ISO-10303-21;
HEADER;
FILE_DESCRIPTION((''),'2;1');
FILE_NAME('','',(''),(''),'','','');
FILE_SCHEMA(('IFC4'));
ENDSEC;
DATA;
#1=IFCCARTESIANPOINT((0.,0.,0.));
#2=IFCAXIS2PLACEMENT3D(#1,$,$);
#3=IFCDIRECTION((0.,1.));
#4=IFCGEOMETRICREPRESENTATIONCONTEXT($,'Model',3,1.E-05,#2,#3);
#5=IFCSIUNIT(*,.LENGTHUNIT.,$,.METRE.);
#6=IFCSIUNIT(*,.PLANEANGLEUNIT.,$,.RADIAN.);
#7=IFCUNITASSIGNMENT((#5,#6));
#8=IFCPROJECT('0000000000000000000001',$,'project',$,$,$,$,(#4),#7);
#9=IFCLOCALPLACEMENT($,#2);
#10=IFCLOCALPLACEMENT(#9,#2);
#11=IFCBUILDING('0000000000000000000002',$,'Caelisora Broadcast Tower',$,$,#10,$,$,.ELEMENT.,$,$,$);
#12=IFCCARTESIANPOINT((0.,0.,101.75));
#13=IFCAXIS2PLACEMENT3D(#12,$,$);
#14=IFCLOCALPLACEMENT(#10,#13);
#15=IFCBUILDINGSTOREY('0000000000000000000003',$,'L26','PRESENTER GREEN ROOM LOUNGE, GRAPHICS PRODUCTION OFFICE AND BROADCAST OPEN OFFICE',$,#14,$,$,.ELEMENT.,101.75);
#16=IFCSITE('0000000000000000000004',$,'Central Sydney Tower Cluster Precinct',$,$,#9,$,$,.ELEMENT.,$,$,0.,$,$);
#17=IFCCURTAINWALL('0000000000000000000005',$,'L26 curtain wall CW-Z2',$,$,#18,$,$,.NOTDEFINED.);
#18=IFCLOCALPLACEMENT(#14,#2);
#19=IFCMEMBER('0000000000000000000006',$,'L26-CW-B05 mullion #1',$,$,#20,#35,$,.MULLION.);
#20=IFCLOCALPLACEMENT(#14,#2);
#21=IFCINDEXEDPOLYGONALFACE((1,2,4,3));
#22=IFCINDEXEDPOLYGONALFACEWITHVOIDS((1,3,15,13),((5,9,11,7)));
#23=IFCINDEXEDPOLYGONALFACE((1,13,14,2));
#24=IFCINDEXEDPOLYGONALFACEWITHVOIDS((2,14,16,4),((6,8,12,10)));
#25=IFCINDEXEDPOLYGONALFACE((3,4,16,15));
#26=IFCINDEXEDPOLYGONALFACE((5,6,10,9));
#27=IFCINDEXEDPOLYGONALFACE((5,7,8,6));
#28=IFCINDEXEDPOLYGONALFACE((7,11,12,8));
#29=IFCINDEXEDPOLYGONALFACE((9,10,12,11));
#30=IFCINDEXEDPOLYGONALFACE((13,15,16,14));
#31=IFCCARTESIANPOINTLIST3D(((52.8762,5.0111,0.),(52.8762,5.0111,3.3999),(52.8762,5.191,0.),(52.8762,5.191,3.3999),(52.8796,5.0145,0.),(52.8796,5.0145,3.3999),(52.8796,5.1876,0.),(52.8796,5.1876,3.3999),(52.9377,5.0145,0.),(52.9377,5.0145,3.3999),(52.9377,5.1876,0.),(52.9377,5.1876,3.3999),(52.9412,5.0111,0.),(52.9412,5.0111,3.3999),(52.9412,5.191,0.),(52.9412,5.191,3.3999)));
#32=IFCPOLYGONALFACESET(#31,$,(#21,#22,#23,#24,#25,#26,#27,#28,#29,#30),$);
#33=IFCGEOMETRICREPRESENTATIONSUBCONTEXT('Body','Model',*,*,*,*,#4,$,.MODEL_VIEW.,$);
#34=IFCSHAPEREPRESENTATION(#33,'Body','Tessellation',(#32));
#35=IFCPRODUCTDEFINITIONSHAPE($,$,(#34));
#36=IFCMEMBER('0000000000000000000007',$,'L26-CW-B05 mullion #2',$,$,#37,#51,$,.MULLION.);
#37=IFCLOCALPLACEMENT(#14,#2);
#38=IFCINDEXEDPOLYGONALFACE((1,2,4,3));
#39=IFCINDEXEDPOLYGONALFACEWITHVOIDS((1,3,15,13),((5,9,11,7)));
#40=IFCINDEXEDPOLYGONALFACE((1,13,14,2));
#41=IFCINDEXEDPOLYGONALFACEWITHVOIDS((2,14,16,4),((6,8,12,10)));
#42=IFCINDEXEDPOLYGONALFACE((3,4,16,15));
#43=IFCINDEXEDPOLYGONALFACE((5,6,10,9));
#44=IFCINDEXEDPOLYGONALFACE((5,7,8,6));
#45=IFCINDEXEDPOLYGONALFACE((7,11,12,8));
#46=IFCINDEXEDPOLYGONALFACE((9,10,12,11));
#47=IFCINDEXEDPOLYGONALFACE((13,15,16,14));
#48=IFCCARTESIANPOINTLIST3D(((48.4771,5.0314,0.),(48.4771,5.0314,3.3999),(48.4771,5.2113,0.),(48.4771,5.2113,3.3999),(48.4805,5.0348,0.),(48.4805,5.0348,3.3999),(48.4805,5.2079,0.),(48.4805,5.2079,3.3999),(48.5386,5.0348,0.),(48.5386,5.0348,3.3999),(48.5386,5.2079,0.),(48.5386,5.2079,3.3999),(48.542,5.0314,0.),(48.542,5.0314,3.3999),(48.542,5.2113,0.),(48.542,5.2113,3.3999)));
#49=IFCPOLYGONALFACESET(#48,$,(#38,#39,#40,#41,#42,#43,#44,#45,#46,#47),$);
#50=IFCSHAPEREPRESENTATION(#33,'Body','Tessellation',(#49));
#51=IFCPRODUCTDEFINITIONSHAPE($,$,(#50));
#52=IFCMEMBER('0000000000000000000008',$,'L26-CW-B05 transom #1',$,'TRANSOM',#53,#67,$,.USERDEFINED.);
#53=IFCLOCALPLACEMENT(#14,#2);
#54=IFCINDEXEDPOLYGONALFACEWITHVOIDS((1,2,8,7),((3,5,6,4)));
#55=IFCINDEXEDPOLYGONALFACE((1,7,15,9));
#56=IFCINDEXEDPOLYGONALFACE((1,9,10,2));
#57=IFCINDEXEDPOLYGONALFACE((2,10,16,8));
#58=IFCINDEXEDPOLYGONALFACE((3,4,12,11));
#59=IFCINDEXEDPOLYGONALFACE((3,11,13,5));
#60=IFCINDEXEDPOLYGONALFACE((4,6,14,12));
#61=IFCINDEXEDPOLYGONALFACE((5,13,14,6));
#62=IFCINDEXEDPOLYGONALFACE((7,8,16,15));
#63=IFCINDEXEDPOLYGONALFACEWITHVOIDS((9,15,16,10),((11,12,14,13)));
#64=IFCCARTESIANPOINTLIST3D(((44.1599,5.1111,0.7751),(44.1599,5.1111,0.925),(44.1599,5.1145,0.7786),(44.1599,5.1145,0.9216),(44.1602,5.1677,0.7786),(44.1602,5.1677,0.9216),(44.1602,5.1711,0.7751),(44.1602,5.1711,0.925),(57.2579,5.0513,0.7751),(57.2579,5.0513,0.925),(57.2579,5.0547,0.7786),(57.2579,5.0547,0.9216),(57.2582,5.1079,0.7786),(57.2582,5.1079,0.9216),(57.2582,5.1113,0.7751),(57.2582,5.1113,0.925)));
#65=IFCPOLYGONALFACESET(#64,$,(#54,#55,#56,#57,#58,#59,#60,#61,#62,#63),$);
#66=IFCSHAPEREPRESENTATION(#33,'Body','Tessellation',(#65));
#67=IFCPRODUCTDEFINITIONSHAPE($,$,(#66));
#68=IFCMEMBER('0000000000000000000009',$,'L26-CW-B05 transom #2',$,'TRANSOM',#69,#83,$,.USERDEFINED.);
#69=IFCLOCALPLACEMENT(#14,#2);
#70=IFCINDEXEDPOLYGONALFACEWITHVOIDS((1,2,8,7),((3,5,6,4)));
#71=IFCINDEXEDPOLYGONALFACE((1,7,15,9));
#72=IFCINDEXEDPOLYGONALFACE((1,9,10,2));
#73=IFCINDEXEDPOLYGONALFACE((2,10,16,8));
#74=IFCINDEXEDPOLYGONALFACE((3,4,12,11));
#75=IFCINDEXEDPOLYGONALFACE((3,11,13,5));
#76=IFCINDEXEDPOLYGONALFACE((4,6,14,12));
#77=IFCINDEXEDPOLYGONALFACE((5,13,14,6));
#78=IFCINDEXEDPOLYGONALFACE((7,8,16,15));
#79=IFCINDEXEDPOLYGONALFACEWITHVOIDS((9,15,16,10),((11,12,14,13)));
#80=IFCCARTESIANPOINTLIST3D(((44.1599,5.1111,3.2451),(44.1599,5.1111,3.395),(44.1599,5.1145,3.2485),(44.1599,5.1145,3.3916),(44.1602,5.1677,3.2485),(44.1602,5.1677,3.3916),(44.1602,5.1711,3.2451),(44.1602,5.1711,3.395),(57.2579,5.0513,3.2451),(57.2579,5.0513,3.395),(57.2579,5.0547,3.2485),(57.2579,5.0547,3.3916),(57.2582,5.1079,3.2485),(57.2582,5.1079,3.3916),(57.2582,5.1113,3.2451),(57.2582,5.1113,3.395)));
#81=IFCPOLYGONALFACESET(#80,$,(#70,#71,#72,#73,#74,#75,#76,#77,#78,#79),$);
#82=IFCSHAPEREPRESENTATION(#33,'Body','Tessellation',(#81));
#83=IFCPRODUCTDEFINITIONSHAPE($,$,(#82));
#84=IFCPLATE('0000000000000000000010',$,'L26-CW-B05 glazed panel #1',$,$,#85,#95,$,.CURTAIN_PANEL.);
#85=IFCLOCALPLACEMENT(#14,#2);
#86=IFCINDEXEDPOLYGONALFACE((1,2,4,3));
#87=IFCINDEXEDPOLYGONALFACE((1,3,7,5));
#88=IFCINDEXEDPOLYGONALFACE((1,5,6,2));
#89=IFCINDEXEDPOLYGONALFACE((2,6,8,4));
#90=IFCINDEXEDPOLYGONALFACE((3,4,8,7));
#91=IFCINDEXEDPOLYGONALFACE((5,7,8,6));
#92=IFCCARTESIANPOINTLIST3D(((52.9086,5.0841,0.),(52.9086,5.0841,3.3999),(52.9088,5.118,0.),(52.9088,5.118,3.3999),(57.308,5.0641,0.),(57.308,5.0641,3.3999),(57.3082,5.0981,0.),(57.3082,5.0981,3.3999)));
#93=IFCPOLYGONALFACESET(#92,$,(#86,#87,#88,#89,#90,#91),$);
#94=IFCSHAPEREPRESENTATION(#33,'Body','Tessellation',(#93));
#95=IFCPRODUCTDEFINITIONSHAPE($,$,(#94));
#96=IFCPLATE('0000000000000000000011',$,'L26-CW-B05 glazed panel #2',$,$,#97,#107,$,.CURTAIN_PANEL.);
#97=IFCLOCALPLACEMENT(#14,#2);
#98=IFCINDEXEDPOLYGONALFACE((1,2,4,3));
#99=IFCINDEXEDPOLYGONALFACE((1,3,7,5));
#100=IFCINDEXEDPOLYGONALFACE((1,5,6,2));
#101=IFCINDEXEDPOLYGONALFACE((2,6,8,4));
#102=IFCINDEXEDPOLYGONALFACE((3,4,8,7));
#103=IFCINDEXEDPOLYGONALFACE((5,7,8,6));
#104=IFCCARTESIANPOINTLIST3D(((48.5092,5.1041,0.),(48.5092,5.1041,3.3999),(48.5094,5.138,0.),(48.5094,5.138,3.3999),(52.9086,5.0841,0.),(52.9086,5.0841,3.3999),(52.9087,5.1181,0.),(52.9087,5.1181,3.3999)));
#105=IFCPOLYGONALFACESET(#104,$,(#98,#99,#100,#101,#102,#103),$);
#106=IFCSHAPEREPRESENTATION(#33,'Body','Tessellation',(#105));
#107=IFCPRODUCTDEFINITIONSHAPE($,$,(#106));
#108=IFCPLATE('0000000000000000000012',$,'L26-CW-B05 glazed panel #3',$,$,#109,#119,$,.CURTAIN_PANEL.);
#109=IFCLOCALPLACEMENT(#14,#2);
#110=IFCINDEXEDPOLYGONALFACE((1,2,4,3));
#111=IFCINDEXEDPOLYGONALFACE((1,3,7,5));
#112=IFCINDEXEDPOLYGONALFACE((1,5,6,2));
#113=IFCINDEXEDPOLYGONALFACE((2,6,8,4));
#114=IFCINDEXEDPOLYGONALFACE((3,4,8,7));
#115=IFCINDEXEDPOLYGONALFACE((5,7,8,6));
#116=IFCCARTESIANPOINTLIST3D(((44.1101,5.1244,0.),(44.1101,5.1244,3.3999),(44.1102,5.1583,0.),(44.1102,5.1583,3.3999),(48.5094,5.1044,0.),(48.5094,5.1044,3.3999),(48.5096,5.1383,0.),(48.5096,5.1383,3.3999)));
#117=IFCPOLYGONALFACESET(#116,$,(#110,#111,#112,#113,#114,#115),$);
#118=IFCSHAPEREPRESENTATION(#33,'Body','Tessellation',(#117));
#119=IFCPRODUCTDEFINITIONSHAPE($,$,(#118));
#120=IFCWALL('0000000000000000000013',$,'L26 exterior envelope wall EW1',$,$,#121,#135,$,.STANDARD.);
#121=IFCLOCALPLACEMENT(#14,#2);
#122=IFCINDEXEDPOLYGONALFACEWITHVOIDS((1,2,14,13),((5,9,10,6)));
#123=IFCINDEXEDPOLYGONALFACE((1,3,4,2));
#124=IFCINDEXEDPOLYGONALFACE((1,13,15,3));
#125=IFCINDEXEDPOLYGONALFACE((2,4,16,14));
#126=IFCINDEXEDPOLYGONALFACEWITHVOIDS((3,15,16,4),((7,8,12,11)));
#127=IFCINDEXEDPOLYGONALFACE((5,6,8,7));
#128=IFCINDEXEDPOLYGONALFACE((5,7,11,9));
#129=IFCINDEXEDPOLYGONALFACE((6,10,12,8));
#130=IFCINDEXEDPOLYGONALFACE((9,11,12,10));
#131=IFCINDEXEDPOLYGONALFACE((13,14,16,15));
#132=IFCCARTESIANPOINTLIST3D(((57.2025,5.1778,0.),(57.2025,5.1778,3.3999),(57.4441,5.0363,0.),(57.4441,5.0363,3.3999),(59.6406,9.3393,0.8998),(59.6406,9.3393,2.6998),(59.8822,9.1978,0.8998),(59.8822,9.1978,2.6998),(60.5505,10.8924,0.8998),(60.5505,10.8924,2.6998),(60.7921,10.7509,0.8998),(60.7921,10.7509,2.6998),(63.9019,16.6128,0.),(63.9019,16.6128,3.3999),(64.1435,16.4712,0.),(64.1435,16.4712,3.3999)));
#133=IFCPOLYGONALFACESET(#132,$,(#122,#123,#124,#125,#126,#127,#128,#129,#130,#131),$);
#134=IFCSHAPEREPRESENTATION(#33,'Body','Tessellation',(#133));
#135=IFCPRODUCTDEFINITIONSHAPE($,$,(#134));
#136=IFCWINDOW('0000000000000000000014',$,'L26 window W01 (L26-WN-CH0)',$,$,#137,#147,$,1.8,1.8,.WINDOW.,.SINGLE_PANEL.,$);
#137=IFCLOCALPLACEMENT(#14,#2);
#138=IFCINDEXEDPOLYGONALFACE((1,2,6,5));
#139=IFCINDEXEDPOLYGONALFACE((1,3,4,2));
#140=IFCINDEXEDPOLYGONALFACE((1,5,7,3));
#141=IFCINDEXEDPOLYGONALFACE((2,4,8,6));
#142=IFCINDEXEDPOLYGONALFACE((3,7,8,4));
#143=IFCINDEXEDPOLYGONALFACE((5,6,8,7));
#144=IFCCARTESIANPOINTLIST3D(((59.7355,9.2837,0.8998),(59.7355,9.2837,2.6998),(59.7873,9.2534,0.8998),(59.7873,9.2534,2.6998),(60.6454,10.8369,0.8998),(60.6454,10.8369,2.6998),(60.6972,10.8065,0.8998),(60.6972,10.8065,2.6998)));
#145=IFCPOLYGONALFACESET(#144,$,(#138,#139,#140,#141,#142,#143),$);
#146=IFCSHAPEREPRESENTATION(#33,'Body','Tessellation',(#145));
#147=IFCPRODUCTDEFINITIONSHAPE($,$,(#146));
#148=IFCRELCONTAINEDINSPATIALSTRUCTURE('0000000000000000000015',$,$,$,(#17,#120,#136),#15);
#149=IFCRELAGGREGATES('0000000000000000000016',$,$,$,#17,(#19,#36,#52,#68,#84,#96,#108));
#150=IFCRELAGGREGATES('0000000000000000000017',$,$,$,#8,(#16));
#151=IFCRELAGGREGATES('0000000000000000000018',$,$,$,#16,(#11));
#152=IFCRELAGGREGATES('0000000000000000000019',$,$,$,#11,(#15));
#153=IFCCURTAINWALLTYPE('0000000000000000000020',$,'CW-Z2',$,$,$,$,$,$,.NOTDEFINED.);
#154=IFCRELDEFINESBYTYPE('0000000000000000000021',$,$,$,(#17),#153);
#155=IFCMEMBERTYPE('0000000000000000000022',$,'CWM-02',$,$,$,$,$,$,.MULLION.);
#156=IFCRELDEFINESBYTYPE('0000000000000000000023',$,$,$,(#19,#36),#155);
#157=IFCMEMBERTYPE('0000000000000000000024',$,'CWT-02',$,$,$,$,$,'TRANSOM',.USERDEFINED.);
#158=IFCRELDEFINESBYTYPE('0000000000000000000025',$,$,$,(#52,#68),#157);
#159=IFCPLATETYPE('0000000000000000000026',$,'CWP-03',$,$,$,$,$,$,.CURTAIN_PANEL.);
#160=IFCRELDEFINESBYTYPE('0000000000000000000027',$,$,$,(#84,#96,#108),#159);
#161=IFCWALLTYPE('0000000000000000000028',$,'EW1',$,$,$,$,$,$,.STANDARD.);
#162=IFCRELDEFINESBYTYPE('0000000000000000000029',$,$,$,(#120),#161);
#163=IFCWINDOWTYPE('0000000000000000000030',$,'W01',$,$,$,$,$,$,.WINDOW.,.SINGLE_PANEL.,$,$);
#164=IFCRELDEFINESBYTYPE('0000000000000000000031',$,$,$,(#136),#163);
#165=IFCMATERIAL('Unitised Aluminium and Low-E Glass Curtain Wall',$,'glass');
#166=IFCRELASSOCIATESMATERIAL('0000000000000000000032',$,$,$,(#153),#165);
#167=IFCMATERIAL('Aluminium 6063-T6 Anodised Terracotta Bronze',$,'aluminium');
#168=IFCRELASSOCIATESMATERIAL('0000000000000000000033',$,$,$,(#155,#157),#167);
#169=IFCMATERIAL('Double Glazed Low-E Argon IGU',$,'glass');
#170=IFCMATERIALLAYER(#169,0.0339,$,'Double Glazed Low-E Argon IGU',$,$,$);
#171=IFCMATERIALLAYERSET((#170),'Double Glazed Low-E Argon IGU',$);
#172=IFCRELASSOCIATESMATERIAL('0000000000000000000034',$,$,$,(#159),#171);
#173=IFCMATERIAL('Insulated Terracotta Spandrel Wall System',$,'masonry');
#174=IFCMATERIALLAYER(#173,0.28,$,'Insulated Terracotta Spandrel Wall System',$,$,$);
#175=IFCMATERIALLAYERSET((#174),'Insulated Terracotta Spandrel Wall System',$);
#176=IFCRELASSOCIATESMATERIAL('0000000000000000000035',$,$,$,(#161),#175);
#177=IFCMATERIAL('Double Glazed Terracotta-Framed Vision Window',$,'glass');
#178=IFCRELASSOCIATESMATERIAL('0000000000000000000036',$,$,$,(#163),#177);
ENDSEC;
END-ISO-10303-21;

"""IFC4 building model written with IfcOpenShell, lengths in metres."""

from ifc_helpers import new_model, si_unit, direction, frame, frame_2d, origin, origin_2d, place, context, subcontext, project, spatial, rectangle, hollow_rectangle, extrude, source, transform, mapped, material, layer, layer_set, material_profile, profile_set, type_object, type_shapes, element, fill, aggregate, save


model = new_model("IFC4")

# Units and contexts
model_context = context("Model", 3, precision=1e-05, world=origin(), true_north=direction((0.0, 1.0)))
body_context = subcontext(model_context, "Body", "Model", "MODEL_VIEW")
ifc_project = project(units=[si_unit("LENGTHUNIT", "METRE"), si_unit("PLANEANGLEUNIT", "RADIAN")], contexts=[model_context])

# Site, building, storey
site_placement = place(None, origin())
site = spatial("IfcSite", under=ifc_project, at=site_placement, Name="Central Sydney Tower Cluster Precinct", CompositionType="ELEMENT", RefElevation=0.0)
building_placement = place(site_placement, origin())
building = spatial("IfcBuilding", under=site, at=building_placement, Name="Caelisora Broadcast Tower", CompositionType="ELEMENT")
storey_placement = place(building_placement, frame((0.0, 0.0, 101.75)))
storey = spatial("IfcBuildingStorey", under=building, at=storey_placement, Name="L26", Description="PRESENTER GREEN ROOM LOUNGE, GRAPHICS PRODUCTION OFFICE AND BROADCAST OPEN OFFICE", CompositionType="ELEMENT", Elevation=101.75)

# Curtain wall, members, plates
ifc_material_1 = material(Name="Unitised Aluminium and Low-E Glass Curtain Wall", Category="glass")
curtain_wall_type = type_object("IfcCurtainWallType", Name="CW-Z2", PredefinedType="NOTDEFINED", material=ifc_material_1)
curtain_wall_placement = place(storey_placement, origin())
curtain_wall = element("IfcCurtainWall", 1, at=curtain_wall_placement, inside=storey, type_object=curtain_wall_type, Name="L26 curtain wall CW-Z2", PredefinedType="NOTDEFINED")
ifc_material_2 = material(Name="Aluminium 6063-T6 Anodised Terracotta Bronze", Category="aluminium")
ifc_material_profile_1 = material_profile(ifc_material_2, hollow_rectangle(XDim=0.0649, YDim=0.1799, WallThickness=0.0034, at=origin_2d()), Name="Aluminium 6063-T6 Anodised Terracotta Bronze")
ifc_profile_set_1 = profile_set([ifc_material_profile_1], Name="Aluminium 6063-T6 Anodised Terracotta Bronze")
member_type_1 = type_object("IfcMemberType", Name="CWM-02", PredefinedType="MULLION", material=ifc_profile_set_1)
shared_shape_1 = source(origin(), body_context, "Body", "SweptSolid", [
    extrude(hollow_rectangle(XDim=0.0649, YDim=0.1799, WallThickness=0.0034, at=origin_2d()), origin(), (0.0, 0.0, 1.0), 3.3999),
])
type_shapes(member_type_1, [shared_shape_1])
member_1_placement = place(storey_placement, frame((52.9087, 5.1011, 0.0), z_axis=(0.0, 0.0, 1.0), x_axis=(1.0, 0.0, 0.0)))
member_1 = element("IfcMember", 2, at=member_1_placement, type_object=member_type_1, Name="L26-CW-B05 mullion #1", PredefinedType="MULLION", context=body_context, shape_type="MappedRepresentation", body=[
    mapped(shared_shape_1, transform((0.0, 0.0, 0.0), scale=1.0)),
])
member_2_placement = place(storey_placement, frame((48.5095, 5.1213, 0.0), z_axis=(0.0, 0.0, 1.0), x_axis=(1.0, 0.0, 0.0)))
member_2 = element("IfcMember", 3, at=member_2_placement, type_object=member_type_1, Name="L26-CW-B05 mullion #2", PredefinedType="MULLION", context=body_context, shape_type="MappedRepresentation", body=[
    mapped(shared_shape_1, transform((0.0, 0.0, 0.0), scale=1.0)),
])
ifc_material_profile_2 = material_profile(ifc_material_2, hollow_rectangle(XDim=0.0601, YDim=0.1499, WallThickness=0.0034, at=origin_2d()), Name="Aluminium 6063-T6 Anodised Terracotta Bronze")
ifc_profile_set_2 = profile_set([ifc_material_profile_2], Name="Aluminium 6063-T6 Anodised Terracotta Bronze")
member_type_2 = type_object("IfcMemberType", Name="CWT-02", ElementType="TRANSOM", PredefinedType="USERDEFINED", material=ifc_profile_set_2)
shared_shape_2 = source(origin(), body_context, "Body", "SweptSolid", [
    extrude(hollow_rectangle(XDim=0.0601, YDim=0.1499, WallThickness=0.0034, at=origin_2d()), origin(), (0.0, 0.0, 1.0), 13.0981),
])
type_shapes(member_type_2, [shared_shape_2])
member_3_placement = place(storey_placement, frame((57.2581, 5.0813, 0.8501), z_axis=(-0.99999, 0.004567, 0.0), x_axis=(-0.004567, -0.99999, 0.0)))
member_3 = element("IfcMember", 4, at=member_3_placement, type_object=member_type_2, Name="L26-CW-B05 transom #1", ObjectType="TRANSOM", PredefinedType="USERDEFINED", context=body_context, shape_type="MappedRepresentation", body=[
    mapped(shared_shape_2, transform((0.0, 0.0, 0.0), scale=1.0)),
])
member_4_placement = place(storey_placement, frame((57.2581, 5.0813, 3.3201), z_axis=(-0.99999, 0.004567, 0.0), x_axis=(-0.004567, -0.99999, 0.0)))
member_4 = element("IfcMember", 5, at=member_4_placement, type_object=member_type_2, Name="L26-CW-B05 transom #2", ObjectType="TRANSOM", PredefinedType="USERDEFINED", context=body_context, shape_type="MappedRepresentation", body=[
    mapped(shared_shape_2, transform((0.0, 0.0, 0.0), scale=1.0)),
])
ifc_material_3 = material(Name="Double Glazed Low-E Argon IGU", Category="glass")
ifc_layer_1 = layer(ifc_material_3, 0.0339, Name="Double Glazed Low-E Argon IGU")
ifc_layer_set_1 = layer_set([ifc_layer_1], Name="Double Glazed Low-E Argon IGU")
plate_type = type_object("IfcPlateType", Name="CWP-03", PredefinedType="CURTAIN_PANEL", material=ifc_layer_set_1)
shared_shape_3 = source(origin(), body_context, "Body", "SweptSolid", [
    extrude(rectangle(XDim=4.3994, YDim=0.0339, at=origin_2d()), origin(), (0.0, 0.0, 1.0), 3.3999),
])
type_shapes(plate_type, [shared_shape_3])
plate_1_placement = place(storey_placement, frame((55.1084, 5.0911, 0.0), z_axis=(0.0, 0.0, 1.0), x_axis=(-0.99999, 0.004538, 0.0)))
plate_1 = element("IfcPlate", 6, at=plate_1_placement, type_object=plate_type, Name="L26-CW-B05 glazed panel #1", PredefinedType="CURTAIN_PANEL", context=body_context, shape_type="MappedRepresentation", body=[
    mapped(shared_shape_3, transform((0.0, 0.0, 0.0), scale=1.0)),
])
plate_2_placement = place(storey_placement, frame((50.709, 5.1111, 0.0), z_axis=(0.0, 0.0, 1.0), x_axis=(-0.99999, 0.004538, 0.0)))
plate_2 = element("IfcPlate", 7, at=plate_2_placement, type_object=plate_type, Name="L26-CW-B05 glazed panel #2", PredefinedType="CURTAIN_PANEL", context=body_context, shape_type="MappedRepresentation", body=[
    mapped(shared_shape_3, transform((0.0, 0.0, 0.0), scale=1.0)),
])
plate_3_placement = place(storey_placement, frame((46.3098, 5.1313, 0.0), z_axis=(0.0, 0.0, 1.0), x_axis=(-0.99999, 0.004538, 0.0)))
plate_3 = element("IfcPlate", 8, at=plate_3_placement, type_object=plate_type, Name="L26-CW-B05 glazed panel #3", PredefinedType="CURTAIN_PANEL", context=body_context, shape_type="MappedRepresentation", body=[
    mapped(shared_shape_3, transform((0.0, 0.0, 0.0), scale=1.0)),
])
aggregate(curtain_wall, [member_1, member_2, member_3, member_4, plate_1, plate_2, plate_3])

# Wall, opening, window
ifc_material_4 = material(Name="Insulated Terracotta Spandrel Wall System", Category="masonry")
ifc_layer_2 = layer(ifc_material_4, 0.28, Name="Insulated Terracotta Spandrel Wall System")
ifc_layer_set_2 = layer_set([ifc_layer_2], Name="Insulated Terracotta Spandrel Wall System")
wall_type_1 = type_object("IfcWallType", Name="EW1", PredefinedType="STANDARD", material=ifc_layer_set_2)
wall_1_placement = place(storey_placement, frame((64.0227, 16.542, 0.0), z_axis=(0.0, 0.0, 1.0), x_axis=(-0.505503, -0.862825, 0.0)))
wall_1 = element("IfcWall", 9, at=wall_1_placement, inside=storey, type_object=wall_type_1, Name="L26 exterior envelope wall EW1", PredefinedType="STANDARD", context=body_context, shape_type="SweptSolid", body=[
    extrude(rectangle(XDim=13.2529, YDim=0.28, at=frame_2d((6.6265, 0.0))), origin(), (0.0, 0.0, 1.0), 3.3999),
])
opening_1_placement = place(wall_1_placement, frame((6.6299, 0.0, 0.8999)))
opening_1 = element("IfcOpeningElement", 10, at=opening_1_placement, cuts=wall_1, PredefinedType="OPENING", context=body_context, shape_type="SweptSolid", body=[
    extrude(rectangle(XDim=1.8, YDim=1.8, at=frame_2d((0.8999, 0.8999))), frame((0.0, 0.1521, 0.0), z_axis=(0.0, -1.0, 0.0), x_axis=(1.0, 0.0, 0.0)), (0.0, 0.0, 1.0), 0.304),
])
ifc_material_5 = material(Name="Double Glazed Terracotta-Framed Vision Window", Category="glass")
window_type = type_object("IfcWindowType", Name="W01", PartitioningType="SINGLE_PANEL", PredefinedType="WINDOW", material=ifc_material_5)
window_placement = place(opening_1_placement, origin())
window = element("IfcWindow", 11, at=window_placement, inside=storey, type_object=window_type, Name="L26 window W01 (L26-WN-CH0)", OverallHeight=1.8, OverallWidth=1.8, PartitioningType="SINGLE_PANEL", PredefinedType="WINDOW", context=body_context, shape_type="SweptSolid", body=[
    extrude(rectangle(XDim=1.8, YDim=1.8, at=frame_2d((0.8999, 0.8999))), frame((0.0, 0.03, 0.0), z_axis=(0.0, -1.0, 0.0), x_axis=(1.0, 0.0, 0.0)), (0.0, 0.0, 1.0), 0.0601),
])
fill(opening_1, window)

save(model, "model.ifc")
